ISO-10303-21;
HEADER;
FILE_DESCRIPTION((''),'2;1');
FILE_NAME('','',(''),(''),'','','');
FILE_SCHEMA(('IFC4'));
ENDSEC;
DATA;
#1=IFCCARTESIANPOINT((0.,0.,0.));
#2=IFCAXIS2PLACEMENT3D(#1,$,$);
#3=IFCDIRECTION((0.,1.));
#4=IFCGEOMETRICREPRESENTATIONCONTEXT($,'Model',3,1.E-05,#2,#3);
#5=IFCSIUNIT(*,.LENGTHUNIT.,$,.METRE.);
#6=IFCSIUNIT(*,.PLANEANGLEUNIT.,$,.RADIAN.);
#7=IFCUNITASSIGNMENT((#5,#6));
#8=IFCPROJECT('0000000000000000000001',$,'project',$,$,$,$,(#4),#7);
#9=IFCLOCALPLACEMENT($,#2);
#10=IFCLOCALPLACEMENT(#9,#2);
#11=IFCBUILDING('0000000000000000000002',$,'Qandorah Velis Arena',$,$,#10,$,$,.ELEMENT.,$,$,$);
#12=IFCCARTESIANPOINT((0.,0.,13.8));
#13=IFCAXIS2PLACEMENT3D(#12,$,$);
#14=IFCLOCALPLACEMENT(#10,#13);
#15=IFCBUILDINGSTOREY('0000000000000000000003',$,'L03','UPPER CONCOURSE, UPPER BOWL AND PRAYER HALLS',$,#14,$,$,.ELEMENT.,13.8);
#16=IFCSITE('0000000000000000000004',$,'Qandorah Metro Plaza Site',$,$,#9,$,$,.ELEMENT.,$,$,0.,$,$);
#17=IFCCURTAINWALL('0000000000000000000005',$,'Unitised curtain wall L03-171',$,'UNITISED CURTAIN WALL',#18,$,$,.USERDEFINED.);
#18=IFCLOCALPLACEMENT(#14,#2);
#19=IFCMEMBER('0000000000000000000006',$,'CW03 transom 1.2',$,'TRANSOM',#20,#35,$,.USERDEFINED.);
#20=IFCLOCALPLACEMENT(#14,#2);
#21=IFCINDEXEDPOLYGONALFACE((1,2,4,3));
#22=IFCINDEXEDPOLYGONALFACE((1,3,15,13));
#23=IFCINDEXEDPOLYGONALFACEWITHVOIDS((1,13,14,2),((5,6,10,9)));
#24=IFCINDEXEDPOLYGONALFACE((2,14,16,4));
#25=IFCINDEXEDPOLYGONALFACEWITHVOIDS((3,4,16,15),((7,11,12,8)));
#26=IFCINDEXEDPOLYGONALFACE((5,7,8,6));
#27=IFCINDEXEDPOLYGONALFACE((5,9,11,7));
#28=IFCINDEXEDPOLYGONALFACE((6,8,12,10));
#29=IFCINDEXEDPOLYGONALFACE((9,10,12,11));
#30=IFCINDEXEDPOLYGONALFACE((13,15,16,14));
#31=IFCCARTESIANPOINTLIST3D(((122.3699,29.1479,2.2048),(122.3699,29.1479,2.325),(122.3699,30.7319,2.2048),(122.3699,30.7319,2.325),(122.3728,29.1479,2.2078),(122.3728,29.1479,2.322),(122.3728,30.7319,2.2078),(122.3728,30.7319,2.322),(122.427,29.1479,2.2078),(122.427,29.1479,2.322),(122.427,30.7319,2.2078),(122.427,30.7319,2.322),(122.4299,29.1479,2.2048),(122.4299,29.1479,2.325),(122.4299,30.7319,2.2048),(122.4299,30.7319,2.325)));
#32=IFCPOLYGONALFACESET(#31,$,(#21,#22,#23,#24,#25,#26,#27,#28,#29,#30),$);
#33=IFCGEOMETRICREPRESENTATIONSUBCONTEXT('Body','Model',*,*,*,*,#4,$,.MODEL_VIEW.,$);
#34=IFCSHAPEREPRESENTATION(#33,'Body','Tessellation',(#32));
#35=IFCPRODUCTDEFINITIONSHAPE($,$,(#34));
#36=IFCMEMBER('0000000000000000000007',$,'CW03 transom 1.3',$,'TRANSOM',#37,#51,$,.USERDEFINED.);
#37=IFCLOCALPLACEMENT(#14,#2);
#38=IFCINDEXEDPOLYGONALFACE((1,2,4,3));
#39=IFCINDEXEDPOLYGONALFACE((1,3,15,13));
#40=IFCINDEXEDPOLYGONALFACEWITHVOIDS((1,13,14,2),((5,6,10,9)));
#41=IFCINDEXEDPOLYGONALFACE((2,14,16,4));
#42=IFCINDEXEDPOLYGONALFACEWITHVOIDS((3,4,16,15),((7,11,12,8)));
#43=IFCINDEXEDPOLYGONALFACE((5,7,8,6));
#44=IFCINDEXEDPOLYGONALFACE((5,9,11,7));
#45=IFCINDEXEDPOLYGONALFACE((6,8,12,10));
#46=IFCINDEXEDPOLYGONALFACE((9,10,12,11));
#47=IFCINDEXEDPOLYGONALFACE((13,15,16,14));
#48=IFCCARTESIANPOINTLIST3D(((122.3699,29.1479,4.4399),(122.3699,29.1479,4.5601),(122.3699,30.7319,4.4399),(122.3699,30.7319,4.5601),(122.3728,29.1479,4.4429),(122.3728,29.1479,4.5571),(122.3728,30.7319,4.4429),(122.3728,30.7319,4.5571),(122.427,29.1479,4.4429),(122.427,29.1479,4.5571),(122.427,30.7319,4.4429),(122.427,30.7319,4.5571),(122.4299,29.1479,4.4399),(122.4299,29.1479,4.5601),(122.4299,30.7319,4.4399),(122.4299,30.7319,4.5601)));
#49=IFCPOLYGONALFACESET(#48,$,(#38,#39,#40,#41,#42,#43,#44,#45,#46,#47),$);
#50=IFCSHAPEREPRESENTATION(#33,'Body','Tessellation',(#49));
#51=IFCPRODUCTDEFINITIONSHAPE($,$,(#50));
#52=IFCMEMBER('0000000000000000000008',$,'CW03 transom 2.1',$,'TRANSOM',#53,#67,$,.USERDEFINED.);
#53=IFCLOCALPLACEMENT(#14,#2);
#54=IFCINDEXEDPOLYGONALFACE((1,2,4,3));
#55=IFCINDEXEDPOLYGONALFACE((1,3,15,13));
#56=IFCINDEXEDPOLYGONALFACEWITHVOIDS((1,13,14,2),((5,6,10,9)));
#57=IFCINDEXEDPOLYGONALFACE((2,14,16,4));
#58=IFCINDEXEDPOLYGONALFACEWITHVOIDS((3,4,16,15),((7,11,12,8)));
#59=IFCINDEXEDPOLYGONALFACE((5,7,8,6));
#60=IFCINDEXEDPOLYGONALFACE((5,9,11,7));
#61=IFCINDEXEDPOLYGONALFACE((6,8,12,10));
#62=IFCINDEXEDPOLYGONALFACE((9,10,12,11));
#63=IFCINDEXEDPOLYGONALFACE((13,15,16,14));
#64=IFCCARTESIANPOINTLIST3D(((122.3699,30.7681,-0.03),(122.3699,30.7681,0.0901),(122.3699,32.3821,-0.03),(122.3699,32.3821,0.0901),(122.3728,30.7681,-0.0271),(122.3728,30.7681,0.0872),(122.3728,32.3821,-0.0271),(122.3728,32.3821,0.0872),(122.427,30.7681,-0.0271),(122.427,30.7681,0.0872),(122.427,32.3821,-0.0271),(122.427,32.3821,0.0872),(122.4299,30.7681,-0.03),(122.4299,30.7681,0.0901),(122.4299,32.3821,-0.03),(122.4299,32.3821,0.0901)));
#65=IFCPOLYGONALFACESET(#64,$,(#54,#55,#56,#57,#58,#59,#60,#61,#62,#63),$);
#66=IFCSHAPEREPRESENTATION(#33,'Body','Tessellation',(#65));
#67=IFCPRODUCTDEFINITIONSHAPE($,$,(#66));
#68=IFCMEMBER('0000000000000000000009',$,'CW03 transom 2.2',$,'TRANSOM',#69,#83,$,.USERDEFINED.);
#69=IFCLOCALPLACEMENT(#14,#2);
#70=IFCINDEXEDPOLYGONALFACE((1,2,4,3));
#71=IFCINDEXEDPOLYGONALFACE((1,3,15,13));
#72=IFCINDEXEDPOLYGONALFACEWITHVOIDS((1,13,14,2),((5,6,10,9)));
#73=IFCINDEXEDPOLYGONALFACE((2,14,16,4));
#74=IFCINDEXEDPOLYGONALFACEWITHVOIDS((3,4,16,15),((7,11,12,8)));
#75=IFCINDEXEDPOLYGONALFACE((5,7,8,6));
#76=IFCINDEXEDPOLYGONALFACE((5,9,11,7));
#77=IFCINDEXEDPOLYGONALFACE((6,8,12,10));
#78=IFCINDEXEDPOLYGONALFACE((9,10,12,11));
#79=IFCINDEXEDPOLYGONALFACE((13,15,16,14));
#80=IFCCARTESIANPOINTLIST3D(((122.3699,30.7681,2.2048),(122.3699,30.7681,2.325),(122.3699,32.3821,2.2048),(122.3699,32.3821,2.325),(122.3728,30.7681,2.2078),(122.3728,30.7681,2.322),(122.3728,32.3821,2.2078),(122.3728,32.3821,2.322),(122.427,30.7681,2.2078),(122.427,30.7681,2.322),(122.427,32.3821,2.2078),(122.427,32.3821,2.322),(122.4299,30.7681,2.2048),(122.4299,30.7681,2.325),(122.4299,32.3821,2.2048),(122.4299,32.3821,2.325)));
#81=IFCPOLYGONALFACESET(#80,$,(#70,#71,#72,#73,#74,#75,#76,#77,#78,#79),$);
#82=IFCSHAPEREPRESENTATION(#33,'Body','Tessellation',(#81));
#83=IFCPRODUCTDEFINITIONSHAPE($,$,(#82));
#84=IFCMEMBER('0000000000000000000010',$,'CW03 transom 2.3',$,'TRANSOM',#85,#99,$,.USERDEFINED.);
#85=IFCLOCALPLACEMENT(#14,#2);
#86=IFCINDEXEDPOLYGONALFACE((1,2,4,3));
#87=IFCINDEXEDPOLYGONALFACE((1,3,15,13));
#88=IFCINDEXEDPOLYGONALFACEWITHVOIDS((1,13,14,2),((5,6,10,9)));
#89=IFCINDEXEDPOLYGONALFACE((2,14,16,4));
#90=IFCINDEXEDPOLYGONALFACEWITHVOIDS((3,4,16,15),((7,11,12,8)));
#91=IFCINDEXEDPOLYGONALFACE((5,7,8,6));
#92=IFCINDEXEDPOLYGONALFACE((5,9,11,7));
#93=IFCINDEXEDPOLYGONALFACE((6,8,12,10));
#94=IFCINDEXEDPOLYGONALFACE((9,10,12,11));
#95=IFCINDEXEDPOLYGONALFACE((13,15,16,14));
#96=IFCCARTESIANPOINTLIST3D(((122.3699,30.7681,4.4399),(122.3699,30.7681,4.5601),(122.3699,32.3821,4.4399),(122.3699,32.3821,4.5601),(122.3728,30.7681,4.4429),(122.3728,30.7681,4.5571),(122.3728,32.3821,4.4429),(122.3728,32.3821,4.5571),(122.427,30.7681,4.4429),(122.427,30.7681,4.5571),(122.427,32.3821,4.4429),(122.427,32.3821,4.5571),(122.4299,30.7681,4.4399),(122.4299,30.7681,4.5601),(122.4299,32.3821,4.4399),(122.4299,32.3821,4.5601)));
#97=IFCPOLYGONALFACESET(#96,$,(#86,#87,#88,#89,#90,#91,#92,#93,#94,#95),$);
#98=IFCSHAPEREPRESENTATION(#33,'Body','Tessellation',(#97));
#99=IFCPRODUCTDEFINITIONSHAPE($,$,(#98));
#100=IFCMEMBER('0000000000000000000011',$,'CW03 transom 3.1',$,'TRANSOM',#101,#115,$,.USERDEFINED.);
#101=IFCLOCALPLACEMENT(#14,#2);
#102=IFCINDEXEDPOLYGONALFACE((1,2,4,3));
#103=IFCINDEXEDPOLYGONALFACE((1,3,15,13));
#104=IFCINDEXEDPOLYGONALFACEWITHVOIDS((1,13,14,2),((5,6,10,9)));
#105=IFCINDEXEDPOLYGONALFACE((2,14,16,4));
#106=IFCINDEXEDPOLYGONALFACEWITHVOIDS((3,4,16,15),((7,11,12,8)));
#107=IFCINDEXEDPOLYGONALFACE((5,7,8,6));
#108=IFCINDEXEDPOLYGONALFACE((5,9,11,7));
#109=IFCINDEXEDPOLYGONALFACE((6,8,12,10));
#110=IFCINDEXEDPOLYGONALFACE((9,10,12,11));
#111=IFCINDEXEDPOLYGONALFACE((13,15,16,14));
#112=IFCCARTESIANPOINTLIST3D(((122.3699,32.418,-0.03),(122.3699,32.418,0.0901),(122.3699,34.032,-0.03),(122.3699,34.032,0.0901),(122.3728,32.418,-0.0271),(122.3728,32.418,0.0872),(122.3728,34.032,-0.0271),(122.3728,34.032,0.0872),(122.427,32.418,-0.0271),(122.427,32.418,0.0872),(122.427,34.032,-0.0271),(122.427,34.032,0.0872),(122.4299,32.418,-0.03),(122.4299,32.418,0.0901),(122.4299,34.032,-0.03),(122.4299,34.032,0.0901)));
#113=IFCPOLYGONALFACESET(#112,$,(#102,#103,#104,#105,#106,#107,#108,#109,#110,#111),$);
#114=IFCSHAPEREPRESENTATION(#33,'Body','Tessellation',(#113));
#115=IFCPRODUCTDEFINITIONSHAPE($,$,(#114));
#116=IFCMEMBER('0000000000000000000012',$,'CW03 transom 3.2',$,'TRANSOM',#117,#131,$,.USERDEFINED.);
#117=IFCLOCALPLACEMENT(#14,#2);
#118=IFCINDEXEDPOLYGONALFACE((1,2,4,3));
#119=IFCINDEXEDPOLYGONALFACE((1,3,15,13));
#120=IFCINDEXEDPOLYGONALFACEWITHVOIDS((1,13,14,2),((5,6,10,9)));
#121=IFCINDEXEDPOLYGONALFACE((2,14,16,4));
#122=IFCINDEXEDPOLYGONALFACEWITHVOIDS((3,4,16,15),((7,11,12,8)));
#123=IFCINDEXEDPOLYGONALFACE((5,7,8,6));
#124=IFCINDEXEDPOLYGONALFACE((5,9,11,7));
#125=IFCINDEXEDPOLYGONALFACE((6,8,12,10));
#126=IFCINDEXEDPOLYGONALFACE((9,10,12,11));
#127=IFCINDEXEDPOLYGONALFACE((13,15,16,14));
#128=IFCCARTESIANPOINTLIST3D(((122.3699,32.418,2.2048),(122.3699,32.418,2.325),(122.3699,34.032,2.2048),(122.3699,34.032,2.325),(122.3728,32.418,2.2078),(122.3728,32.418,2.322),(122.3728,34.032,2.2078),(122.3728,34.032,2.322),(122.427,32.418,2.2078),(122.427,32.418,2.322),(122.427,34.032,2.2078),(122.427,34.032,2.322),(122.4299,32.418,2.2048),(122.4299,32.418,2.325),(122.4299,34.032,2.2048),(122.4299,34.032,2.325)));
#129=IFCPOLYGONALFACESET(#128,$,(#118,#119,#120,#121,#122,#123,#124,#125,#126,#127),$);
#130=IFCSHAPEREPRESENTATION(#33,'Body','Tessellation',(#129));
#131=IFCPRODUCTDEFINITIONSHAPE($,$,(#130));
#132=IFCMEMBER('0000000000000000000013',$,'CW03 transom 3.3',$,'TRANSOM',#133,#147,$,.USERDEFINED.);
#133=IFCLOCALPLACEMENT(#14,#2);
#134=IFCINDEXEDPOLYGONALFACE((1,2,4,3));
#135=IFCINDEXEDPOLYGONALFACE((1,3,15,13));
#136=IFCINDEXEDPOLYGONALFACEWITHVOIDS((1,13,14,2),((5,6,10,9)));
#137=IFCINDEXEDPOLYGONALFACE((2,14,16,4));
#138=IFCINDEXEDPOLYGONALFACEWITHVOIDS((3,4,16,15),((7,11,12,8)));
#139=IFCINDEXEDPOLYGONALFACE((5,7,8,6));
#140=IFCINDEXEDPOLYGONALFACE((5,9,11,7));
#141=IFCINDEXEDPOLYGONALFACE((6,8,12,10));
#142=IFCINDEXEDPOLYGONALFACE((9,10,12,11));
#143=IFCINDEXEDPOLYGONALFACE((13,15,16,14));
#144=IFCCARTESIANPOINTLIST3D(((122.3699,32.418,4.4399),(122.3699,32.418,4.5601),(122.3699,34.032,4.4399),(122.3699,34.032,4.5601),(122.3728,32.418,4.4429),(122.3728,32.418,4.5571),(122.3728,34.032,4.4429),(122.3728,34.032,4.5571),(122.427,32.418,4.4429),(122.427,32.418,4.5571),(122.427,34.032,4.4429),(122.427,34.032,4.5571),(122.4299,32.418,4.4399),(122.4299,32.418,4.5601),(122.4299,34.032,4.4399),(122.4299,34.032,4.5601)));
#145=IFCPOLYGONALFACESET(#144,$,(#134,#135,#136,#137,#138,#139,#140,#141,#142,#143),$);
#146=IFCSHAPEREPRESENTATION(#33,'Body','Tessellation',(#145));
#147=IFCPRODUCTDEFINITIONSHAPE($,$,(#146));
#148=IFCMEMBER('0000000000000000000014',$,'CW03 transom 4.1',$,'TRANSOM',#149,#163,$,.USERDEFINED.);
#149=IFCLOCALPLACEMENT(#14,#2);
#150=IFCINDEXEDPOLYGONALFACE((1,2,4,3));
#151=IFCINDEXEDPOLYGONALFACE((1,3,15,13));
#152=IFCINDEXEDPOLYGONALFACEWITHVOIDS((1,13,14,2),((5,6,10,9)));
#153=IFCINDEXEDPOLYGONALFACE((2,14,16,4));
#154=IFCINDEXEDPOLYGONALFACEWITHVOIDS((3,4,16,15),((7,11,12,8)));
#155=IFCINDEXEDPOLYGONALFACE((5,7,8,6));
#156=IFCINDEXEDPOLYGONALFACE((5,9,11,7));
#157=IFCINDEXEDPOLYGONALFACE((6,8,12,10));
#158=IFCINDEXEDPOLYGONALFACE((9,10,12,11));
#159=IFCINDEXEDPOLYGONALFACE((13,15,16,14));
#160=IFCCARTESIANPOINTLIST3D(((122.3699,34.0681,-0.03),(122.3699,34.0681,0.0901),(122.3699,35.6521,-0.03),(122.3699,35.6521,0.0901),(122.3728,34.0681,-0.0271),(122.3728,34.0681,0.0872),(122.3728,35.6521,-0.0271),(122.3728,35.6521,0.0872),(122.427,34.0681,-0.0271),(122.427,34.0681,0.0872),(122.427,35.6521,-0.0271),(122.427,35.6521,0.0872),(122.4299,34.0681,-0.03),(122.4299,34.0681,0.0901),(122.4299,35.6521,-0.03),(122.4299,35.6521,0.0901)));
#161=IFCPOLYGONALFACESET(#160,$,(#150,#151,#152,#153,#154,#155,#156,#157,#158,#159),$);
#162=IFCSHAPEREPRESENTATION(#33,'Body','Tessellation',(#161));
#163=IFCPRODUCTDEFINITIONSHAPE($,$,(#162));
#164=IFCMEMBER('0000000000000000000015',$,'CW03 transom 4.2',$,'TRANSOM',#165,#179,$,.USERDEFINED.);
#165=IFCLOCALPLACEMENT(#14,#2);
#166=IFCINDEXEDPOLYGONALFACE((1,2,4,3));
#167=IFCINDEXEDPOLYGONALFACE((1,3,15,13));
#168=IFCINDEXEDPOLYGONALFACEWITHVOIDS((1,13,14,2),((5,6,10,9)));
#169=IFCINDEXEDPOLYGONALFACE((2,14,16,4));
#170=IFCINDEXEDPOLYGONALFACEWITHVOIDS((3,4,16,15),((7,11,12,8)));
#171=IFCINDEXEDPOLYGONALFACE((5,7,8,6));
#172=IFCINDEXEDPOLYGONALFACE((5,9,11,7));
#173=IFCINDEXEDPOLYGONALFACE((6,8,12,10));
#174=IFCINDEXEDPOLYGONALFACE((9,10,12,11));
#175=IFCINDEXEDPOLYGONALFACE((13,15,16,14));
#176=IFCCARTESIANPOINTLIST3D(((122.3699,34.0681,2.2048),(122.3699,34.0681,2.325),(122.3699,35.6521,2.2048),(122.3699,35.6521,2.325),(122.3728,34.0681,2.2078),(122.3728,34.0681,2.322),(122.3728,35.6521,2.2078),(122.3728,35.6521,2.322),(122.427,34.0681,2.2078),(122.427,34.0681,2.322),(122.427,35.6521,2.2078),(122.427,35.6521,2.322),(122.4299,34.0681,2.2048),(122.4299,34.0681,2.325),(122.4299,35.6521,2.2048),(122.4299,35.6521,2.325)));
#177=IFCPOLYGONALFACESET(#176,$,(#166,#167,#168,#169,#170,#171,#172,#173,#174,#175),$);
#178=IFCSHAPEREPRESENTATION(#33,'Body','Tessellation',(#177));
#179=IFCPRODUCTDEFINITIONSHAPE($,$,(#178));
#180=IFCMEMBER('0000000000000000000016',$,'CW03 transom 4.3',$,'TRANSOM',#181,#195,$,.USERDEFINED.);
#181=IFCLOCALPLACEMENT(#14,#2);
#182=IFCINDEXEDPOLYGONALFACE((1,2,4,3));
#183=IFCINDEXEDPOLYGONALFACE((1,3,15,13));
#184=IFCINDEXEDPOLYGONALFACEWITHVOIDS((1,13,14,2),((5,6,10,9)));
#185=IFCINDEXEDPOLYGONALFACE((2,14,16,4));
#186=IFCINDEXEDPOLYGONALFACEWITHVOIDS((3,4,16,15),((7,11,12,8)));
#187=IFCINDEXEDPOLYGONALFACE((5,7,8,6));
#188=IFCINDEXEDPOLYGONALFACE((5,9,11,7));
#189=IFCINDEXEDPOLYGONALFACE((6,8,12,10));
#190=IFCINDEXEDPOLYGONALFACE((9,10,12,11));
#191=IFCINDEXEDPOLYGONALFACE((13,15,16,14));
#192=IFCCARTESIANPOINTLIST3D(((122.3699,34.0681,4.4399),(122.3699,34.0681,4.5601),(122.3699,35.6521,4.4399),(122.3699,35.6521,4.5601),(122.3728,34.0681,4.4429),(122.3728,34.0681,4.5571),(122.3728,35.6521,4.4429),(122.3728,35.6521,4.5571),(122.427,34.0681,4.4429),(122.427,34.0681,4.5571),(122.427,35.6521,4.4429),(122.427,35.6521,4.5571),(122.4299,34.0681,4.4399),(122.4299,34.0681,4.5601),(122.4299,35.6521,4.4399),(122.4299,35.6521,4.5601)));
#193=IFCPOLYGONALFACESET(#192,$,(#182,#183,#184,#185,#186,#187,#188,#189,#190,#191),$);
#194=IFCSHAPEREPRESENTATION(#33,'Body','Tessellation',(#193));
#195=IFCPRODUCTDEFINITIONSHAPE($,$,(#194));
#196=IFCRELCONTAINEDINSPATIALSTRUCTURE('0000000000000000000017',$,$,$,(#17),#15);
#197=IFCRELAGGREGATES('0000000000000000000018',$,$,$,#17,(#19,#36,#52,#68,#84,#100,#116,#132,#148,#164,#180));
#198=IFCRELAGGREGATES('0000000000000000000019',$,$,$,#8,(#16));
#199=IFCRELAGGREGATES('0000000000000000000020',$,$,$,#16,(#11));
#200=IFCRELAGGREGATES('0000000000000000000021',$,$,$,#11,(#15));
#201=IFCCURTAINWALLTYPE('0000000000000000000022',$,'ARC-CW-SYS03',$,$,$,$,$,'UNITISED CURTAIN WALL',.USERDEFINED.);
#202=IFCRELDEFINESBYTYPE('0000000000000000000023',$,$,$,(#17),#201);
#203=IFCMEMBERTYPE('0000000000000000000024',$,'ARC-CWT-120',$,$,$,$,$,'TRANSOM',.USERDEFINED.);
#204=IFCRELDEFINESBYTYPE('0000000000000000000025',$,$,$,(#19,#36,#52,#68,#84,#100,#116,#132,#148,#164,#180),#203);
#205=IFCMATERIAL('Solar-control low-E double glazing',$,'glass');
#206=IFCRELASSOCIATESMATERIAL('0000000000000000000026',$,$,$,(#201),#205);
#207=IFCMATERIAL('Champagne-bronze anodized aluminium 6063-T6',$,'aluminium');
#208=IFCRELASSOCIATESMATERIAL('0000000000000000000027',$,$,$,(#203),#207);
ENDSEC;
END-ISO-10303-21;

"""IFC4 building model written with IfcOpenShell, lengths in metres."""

from ifc_helpers import new_model, si_unit, direction, frame, origin, origin_2d, place, context, subcontext, project, spatial, hollow_rectangle, extrude, material, material_profile, profile_set, type_object, element, aggregate, save


model = new_model("IFC4")

# Units and contexts
model_context = context("Model", 3, precision=1e-05, world=origin(), true_north=direction((0.0, 1.0)))
body_context = subcontext(model_context, "Body", "Model", "MODEL_VIEW")
ifc_project = project(units=[si_unit("LENGTHUNIT", "METRE"), si_unit("PLANEANGLEUNIT", "RADIAN")], contexts=[model_context])

# Site, building, storey
site_placement = place(None, origin())
site = spatial("IfcSite", under=ifc_project, at=site_placement, Name="Qandorah Metro Plaza Site", CompositionType="ELEMENT", RefElevation=0.0)
building_placement = place(site_placement, origin())
building = spatial("IfcBuilding", under=site, at=building_placement, Name="Qandorah Velis Arena", CompositionType="ELEMENT")
storey_placement = place(building_placement, frame((0.0, 0.0, 13.8)))
storey = spatial("IfcBuildingStorey", under=building, at=storey_placement, Name="L03", Description="UPPER CONCOURSE, UPPER BOWL AND PRAYER HALLS", CompositionType="ELEMENT", Elevation=13.8)

# Shared definitions
ifc_material_1 = material(Name="Solar-control low-E double glazing", Category="glass")
ifc_material_2 = material(Name="Champagne-bronze anodized aluminium 6063-T6", Category="aluminium")

# Curtain wall
curtain_wall_type_1 = type_object("IfcCurtainWallType", Name="ARC-CW-SYS03", ElementType="UNITISED CURTAIN WALL", PredefinedType="USERDEFINED", material=ifc_material_1)
curtain_wall_1_placement = place(storey_placement, origin())
curtain_wall_1 = element("IfcCurtainWall", 1, at=curtain_wall_1_placement, inside=storey, type_object=curtain_wall_type_1, Name="Unitised curtain wall L03-171", ObjectType="UNITISED CURTAIN WALL", PredefinedType="USERDEFINED")

# Members
ifc_material_profile_1 = material_profile(ifc_material_2, hollow_rectangle(XDim=0.0601, YDim=0.1201, WallThickness=0.0029, at=origin_2d()), Name="ALU TRANSOM 60x120")
ifc_profile_set_1 = profile_set([ifc_material_profile_1], Name="Champagne-bronze anodized aluminium 6063-T6")
member_type_1 = type_object("IfcMemberType", Name="ARC-CWT-120", ElementType="TRANSOM", PredefinedType="USERDEFINED", material=ifc_profile_set_1)
member_1_placement = place(storey_placement, frame((122.3999, 29.1479, 2.2649), z_axis=(0.0, 1.0, 0.0), x_axis=(-1.0, 0.0, 0.0)))
member_1 = element("IfcMember", 2, at=member_1_placement, type_object=member_type_1, Name="CW03 transom 1.2", ObjectType="TRANSOM", PredefinedType="USERDEFINED", context=body_context, shape_type="SweptSolid", body=[
    extrude(hollow_rectangle(XDim=0.0601, YDim=0.1201, WallThickness=0.0029, at=origin_2d()), origin(), (0.0, 0.0, 1.0), 1.584),
])
member_2_placement = place(storey_placement, frame((122.3999, 29.1479, 4.5), z_axis=(0.0, 1.0, 0.0), x_axis=(-1.0, 0.0, 0.0)))
member_2 = element("IfcMember", 3, at=member_2_placement, type_object=member_type_1, Name="CW03 transom 1.3", ObjectType="TRANSOM", PredefinedType="USERDEFINED", context=body_context, shape_type="SweptSolid", body=[
    extrude(hollow_rectangle(XDim=0.0601, YDim=0.1201, WallThickness=0.0029, at=origin_2d()), origin(), (0.0, 0.0, 1.0), 1.584),
])
member_3_placement = place(storey_placement, frame((122.3999, 30.7681, 0.03), z_axis=(0.0, 1.0, 0.0), x_axis=(-1.0, 0.0, 0.0)))
member_3 = element("IfcMember", 4, at=member_3_placement, type_object=member_type_1, Name="CW03 transom 2.1", ObjectType="TRANSOM", PredefinedType="USERDEFINED", context=body_context, shape_type="SweptSolid", body=[
    extrude(hollow_rectangle(XDim=0.0601, YDim=0.1201, WallThickness=0.0029, at=origin_2d()), origin(), (0.0, 0.0, 1.0), 1.614),
])
member_4_placement = place(storey_placement, frame((122.3999, 30.7681, 2.2649), z_axis=(0.0, 1.0, 0.0), x_axis=(-1.0, 0.0, 0.0)))
member_4 = element("IfcMember", 5, at=member_4_placement, type_object=member_type_1, Name="CW03 transom 2.2", ObjectType="TRANSOM", PredefinedType="USERDEFINED", context=body_context, shape_type="SweptSolid", body=[
    extrude(hollow_rectangle(XDim=0.0601, YDim=0.1201, WallThickness=0.0029, at=origin_2d()), origin(), (0.0, 0.0, 1.0), 1.614),
])
member_5_placement = place(storey_placement, frame((122.3999, 30.7681, 4.5), z_axis=(0.0, 1.0, 0.0), x_axis=(-1.0, 0.0, 0.0)))
member_5 = element("IfcMember", 6, at=member_5_placement, type_object=member_type_1, Name="CW03 transom 2.3", ObjectType="TRANSOM", PredefinedType="USERDEFINED", context=body_context, shape_type="SweptSolid", body=[
    extrude(hollow_rectangle(XDim=0.0601, YDim=0.1201, WallThickness=0.0029, at=origin_2d()), origin(), (0.0, 0.0, 1.0), 1.614),
])
member_6_placement = place(storey_placement, frame((122.3999, 32.418, 0.03), z_axis=(0.0, 1.0, 0.0), x_axis=(-1.0, 0.0, 0.0)))
member_6 = element("IfcMember", 7, at=member_6_placement, type_object=member_type_1, Name="CW03 transom 3.1", ObjectType="TRANSOM", PredefinedType="USERDEFINED", context=body_context, shape_type="SweptSolid", body=[
    extrude(hollow_rectangle(XDim=0.0601, YDim=0.1201, WallThickness=0.0029, at=origin_2d()), origin(), (0.0, 0.0, 1.0), 1.614),
])
member_7_placement = place(storey_placement, frame((122.3999, 32.418, 2.2649), z_axis=(0.0, 1.0, 0.0), x_axis=(-1.0, 0.0, 0.0)))
member_7 = element("IfcMember", 8, at=member_7_placement, type_object=member_type_1, Name="CW03 transom 3.2", ObjectType="TRANSOM", PredefinedType="USERDEFINED", context=body_context, shape_type="SweptSolid", body=[
    extrude(hollow_rectangle(XDim=0.0601, YDim=0.1201, WallThickness=0.0029, at=origin_2d()), origin(), (0.0, 0.0, 1.0), 1.614),
])
member_8_placement = place(storey_placement, frame((122.3999, 32.418, 4.5), z_axis=(0.0, 1.0, 0.0), x_axis=(-1.0, 0.0, 0.0)))
member_8 = element("IfcMember", 9, at=member_8_placement, type_object=member_type_1, Name="CW03 transom 3.3", ObjectType="TRANSOM", PredefinedType="USERDEFINED", context=body_context, shape_type="SweptSolid", body=[
    extrude(hollow_rectangle(XDim=0.0601, YDim=0.1201, WallThickness=0.0029, at=origin_2d()), origin(), (0.0, 0.0, 1.0), 1.614),
])
member_9_placement = place(storey_placement, frame((122.3999, 34.0681, 0.03), z_axis=(0.0, 1.0, 0.0), x_axis=(-1.0, 0.0, 0.0)))
member_9 = element("IfcMember", 10, at=member_9_placement, type_object=member_type_1, Name="CW03 transom 4.1", ObjectType="TRANSOM", PredefinedType="USERDEFINED", context=body_context, shape_type="SweptSolid", body=[
    extrude(hollow_rectangle(XDim=0.0601, YDim=0.1201, WallThickness=0.0029, at=origin_2d()), origin(), (0.0, 0.0, 1.0), 1.584),
])
member_10_placement = place(storey_placement, frame((122.3999, 34.0681, 2.2649), z_axis=(0.0, 1.0, 0.0), x_axis=(-1.0, 0.0, 0.0)))
member_10 = element("IfcMember", 11, at=member_10_placement, type_object=member_type_1, Name="CW03 transom 4.2", ObjectType="TRANSOM", PredefinedType="USERDEFINED", context=body_context, shape_type="SweptSolid", body=[
    extrude(hollow_rectangle(XDim=0.0601, YDim=0.1201, WallThickness=0.0029, at=origin_2d()), origin(), (0.0, 0.0, 1.0), 1.584),
])
member_11_placement = place(storey_placement, frame((122.3999, 34.0681, 4.5), z_axis=(0.0, 1.0, 0.0), x_axis=(-1.0, 0.0, 0.0)))
member_11 = element("IfcMember", 12, at=member_11_placement, type_object=member_type_1, Name="CW03 transom 4.3", ObjectType="TRANSOM", PredefinedType="USERDEFINED", context=body_context, shape_type="SweptSolid", body=[
    extrude(hollow_rectangle(XDim=0.0601, YDim=0.1201, WallThickness=0.0029, at=origin_2d()), origin(), (0.0, 0.0, 1.0), 1.584),
])

aggregate(curtain_wall_1, [member_1, member_2, member_3, member_4, member_5, member_6, member_7, member_8, member_9, member_10, member_11])

save(model, "model.ifc")
